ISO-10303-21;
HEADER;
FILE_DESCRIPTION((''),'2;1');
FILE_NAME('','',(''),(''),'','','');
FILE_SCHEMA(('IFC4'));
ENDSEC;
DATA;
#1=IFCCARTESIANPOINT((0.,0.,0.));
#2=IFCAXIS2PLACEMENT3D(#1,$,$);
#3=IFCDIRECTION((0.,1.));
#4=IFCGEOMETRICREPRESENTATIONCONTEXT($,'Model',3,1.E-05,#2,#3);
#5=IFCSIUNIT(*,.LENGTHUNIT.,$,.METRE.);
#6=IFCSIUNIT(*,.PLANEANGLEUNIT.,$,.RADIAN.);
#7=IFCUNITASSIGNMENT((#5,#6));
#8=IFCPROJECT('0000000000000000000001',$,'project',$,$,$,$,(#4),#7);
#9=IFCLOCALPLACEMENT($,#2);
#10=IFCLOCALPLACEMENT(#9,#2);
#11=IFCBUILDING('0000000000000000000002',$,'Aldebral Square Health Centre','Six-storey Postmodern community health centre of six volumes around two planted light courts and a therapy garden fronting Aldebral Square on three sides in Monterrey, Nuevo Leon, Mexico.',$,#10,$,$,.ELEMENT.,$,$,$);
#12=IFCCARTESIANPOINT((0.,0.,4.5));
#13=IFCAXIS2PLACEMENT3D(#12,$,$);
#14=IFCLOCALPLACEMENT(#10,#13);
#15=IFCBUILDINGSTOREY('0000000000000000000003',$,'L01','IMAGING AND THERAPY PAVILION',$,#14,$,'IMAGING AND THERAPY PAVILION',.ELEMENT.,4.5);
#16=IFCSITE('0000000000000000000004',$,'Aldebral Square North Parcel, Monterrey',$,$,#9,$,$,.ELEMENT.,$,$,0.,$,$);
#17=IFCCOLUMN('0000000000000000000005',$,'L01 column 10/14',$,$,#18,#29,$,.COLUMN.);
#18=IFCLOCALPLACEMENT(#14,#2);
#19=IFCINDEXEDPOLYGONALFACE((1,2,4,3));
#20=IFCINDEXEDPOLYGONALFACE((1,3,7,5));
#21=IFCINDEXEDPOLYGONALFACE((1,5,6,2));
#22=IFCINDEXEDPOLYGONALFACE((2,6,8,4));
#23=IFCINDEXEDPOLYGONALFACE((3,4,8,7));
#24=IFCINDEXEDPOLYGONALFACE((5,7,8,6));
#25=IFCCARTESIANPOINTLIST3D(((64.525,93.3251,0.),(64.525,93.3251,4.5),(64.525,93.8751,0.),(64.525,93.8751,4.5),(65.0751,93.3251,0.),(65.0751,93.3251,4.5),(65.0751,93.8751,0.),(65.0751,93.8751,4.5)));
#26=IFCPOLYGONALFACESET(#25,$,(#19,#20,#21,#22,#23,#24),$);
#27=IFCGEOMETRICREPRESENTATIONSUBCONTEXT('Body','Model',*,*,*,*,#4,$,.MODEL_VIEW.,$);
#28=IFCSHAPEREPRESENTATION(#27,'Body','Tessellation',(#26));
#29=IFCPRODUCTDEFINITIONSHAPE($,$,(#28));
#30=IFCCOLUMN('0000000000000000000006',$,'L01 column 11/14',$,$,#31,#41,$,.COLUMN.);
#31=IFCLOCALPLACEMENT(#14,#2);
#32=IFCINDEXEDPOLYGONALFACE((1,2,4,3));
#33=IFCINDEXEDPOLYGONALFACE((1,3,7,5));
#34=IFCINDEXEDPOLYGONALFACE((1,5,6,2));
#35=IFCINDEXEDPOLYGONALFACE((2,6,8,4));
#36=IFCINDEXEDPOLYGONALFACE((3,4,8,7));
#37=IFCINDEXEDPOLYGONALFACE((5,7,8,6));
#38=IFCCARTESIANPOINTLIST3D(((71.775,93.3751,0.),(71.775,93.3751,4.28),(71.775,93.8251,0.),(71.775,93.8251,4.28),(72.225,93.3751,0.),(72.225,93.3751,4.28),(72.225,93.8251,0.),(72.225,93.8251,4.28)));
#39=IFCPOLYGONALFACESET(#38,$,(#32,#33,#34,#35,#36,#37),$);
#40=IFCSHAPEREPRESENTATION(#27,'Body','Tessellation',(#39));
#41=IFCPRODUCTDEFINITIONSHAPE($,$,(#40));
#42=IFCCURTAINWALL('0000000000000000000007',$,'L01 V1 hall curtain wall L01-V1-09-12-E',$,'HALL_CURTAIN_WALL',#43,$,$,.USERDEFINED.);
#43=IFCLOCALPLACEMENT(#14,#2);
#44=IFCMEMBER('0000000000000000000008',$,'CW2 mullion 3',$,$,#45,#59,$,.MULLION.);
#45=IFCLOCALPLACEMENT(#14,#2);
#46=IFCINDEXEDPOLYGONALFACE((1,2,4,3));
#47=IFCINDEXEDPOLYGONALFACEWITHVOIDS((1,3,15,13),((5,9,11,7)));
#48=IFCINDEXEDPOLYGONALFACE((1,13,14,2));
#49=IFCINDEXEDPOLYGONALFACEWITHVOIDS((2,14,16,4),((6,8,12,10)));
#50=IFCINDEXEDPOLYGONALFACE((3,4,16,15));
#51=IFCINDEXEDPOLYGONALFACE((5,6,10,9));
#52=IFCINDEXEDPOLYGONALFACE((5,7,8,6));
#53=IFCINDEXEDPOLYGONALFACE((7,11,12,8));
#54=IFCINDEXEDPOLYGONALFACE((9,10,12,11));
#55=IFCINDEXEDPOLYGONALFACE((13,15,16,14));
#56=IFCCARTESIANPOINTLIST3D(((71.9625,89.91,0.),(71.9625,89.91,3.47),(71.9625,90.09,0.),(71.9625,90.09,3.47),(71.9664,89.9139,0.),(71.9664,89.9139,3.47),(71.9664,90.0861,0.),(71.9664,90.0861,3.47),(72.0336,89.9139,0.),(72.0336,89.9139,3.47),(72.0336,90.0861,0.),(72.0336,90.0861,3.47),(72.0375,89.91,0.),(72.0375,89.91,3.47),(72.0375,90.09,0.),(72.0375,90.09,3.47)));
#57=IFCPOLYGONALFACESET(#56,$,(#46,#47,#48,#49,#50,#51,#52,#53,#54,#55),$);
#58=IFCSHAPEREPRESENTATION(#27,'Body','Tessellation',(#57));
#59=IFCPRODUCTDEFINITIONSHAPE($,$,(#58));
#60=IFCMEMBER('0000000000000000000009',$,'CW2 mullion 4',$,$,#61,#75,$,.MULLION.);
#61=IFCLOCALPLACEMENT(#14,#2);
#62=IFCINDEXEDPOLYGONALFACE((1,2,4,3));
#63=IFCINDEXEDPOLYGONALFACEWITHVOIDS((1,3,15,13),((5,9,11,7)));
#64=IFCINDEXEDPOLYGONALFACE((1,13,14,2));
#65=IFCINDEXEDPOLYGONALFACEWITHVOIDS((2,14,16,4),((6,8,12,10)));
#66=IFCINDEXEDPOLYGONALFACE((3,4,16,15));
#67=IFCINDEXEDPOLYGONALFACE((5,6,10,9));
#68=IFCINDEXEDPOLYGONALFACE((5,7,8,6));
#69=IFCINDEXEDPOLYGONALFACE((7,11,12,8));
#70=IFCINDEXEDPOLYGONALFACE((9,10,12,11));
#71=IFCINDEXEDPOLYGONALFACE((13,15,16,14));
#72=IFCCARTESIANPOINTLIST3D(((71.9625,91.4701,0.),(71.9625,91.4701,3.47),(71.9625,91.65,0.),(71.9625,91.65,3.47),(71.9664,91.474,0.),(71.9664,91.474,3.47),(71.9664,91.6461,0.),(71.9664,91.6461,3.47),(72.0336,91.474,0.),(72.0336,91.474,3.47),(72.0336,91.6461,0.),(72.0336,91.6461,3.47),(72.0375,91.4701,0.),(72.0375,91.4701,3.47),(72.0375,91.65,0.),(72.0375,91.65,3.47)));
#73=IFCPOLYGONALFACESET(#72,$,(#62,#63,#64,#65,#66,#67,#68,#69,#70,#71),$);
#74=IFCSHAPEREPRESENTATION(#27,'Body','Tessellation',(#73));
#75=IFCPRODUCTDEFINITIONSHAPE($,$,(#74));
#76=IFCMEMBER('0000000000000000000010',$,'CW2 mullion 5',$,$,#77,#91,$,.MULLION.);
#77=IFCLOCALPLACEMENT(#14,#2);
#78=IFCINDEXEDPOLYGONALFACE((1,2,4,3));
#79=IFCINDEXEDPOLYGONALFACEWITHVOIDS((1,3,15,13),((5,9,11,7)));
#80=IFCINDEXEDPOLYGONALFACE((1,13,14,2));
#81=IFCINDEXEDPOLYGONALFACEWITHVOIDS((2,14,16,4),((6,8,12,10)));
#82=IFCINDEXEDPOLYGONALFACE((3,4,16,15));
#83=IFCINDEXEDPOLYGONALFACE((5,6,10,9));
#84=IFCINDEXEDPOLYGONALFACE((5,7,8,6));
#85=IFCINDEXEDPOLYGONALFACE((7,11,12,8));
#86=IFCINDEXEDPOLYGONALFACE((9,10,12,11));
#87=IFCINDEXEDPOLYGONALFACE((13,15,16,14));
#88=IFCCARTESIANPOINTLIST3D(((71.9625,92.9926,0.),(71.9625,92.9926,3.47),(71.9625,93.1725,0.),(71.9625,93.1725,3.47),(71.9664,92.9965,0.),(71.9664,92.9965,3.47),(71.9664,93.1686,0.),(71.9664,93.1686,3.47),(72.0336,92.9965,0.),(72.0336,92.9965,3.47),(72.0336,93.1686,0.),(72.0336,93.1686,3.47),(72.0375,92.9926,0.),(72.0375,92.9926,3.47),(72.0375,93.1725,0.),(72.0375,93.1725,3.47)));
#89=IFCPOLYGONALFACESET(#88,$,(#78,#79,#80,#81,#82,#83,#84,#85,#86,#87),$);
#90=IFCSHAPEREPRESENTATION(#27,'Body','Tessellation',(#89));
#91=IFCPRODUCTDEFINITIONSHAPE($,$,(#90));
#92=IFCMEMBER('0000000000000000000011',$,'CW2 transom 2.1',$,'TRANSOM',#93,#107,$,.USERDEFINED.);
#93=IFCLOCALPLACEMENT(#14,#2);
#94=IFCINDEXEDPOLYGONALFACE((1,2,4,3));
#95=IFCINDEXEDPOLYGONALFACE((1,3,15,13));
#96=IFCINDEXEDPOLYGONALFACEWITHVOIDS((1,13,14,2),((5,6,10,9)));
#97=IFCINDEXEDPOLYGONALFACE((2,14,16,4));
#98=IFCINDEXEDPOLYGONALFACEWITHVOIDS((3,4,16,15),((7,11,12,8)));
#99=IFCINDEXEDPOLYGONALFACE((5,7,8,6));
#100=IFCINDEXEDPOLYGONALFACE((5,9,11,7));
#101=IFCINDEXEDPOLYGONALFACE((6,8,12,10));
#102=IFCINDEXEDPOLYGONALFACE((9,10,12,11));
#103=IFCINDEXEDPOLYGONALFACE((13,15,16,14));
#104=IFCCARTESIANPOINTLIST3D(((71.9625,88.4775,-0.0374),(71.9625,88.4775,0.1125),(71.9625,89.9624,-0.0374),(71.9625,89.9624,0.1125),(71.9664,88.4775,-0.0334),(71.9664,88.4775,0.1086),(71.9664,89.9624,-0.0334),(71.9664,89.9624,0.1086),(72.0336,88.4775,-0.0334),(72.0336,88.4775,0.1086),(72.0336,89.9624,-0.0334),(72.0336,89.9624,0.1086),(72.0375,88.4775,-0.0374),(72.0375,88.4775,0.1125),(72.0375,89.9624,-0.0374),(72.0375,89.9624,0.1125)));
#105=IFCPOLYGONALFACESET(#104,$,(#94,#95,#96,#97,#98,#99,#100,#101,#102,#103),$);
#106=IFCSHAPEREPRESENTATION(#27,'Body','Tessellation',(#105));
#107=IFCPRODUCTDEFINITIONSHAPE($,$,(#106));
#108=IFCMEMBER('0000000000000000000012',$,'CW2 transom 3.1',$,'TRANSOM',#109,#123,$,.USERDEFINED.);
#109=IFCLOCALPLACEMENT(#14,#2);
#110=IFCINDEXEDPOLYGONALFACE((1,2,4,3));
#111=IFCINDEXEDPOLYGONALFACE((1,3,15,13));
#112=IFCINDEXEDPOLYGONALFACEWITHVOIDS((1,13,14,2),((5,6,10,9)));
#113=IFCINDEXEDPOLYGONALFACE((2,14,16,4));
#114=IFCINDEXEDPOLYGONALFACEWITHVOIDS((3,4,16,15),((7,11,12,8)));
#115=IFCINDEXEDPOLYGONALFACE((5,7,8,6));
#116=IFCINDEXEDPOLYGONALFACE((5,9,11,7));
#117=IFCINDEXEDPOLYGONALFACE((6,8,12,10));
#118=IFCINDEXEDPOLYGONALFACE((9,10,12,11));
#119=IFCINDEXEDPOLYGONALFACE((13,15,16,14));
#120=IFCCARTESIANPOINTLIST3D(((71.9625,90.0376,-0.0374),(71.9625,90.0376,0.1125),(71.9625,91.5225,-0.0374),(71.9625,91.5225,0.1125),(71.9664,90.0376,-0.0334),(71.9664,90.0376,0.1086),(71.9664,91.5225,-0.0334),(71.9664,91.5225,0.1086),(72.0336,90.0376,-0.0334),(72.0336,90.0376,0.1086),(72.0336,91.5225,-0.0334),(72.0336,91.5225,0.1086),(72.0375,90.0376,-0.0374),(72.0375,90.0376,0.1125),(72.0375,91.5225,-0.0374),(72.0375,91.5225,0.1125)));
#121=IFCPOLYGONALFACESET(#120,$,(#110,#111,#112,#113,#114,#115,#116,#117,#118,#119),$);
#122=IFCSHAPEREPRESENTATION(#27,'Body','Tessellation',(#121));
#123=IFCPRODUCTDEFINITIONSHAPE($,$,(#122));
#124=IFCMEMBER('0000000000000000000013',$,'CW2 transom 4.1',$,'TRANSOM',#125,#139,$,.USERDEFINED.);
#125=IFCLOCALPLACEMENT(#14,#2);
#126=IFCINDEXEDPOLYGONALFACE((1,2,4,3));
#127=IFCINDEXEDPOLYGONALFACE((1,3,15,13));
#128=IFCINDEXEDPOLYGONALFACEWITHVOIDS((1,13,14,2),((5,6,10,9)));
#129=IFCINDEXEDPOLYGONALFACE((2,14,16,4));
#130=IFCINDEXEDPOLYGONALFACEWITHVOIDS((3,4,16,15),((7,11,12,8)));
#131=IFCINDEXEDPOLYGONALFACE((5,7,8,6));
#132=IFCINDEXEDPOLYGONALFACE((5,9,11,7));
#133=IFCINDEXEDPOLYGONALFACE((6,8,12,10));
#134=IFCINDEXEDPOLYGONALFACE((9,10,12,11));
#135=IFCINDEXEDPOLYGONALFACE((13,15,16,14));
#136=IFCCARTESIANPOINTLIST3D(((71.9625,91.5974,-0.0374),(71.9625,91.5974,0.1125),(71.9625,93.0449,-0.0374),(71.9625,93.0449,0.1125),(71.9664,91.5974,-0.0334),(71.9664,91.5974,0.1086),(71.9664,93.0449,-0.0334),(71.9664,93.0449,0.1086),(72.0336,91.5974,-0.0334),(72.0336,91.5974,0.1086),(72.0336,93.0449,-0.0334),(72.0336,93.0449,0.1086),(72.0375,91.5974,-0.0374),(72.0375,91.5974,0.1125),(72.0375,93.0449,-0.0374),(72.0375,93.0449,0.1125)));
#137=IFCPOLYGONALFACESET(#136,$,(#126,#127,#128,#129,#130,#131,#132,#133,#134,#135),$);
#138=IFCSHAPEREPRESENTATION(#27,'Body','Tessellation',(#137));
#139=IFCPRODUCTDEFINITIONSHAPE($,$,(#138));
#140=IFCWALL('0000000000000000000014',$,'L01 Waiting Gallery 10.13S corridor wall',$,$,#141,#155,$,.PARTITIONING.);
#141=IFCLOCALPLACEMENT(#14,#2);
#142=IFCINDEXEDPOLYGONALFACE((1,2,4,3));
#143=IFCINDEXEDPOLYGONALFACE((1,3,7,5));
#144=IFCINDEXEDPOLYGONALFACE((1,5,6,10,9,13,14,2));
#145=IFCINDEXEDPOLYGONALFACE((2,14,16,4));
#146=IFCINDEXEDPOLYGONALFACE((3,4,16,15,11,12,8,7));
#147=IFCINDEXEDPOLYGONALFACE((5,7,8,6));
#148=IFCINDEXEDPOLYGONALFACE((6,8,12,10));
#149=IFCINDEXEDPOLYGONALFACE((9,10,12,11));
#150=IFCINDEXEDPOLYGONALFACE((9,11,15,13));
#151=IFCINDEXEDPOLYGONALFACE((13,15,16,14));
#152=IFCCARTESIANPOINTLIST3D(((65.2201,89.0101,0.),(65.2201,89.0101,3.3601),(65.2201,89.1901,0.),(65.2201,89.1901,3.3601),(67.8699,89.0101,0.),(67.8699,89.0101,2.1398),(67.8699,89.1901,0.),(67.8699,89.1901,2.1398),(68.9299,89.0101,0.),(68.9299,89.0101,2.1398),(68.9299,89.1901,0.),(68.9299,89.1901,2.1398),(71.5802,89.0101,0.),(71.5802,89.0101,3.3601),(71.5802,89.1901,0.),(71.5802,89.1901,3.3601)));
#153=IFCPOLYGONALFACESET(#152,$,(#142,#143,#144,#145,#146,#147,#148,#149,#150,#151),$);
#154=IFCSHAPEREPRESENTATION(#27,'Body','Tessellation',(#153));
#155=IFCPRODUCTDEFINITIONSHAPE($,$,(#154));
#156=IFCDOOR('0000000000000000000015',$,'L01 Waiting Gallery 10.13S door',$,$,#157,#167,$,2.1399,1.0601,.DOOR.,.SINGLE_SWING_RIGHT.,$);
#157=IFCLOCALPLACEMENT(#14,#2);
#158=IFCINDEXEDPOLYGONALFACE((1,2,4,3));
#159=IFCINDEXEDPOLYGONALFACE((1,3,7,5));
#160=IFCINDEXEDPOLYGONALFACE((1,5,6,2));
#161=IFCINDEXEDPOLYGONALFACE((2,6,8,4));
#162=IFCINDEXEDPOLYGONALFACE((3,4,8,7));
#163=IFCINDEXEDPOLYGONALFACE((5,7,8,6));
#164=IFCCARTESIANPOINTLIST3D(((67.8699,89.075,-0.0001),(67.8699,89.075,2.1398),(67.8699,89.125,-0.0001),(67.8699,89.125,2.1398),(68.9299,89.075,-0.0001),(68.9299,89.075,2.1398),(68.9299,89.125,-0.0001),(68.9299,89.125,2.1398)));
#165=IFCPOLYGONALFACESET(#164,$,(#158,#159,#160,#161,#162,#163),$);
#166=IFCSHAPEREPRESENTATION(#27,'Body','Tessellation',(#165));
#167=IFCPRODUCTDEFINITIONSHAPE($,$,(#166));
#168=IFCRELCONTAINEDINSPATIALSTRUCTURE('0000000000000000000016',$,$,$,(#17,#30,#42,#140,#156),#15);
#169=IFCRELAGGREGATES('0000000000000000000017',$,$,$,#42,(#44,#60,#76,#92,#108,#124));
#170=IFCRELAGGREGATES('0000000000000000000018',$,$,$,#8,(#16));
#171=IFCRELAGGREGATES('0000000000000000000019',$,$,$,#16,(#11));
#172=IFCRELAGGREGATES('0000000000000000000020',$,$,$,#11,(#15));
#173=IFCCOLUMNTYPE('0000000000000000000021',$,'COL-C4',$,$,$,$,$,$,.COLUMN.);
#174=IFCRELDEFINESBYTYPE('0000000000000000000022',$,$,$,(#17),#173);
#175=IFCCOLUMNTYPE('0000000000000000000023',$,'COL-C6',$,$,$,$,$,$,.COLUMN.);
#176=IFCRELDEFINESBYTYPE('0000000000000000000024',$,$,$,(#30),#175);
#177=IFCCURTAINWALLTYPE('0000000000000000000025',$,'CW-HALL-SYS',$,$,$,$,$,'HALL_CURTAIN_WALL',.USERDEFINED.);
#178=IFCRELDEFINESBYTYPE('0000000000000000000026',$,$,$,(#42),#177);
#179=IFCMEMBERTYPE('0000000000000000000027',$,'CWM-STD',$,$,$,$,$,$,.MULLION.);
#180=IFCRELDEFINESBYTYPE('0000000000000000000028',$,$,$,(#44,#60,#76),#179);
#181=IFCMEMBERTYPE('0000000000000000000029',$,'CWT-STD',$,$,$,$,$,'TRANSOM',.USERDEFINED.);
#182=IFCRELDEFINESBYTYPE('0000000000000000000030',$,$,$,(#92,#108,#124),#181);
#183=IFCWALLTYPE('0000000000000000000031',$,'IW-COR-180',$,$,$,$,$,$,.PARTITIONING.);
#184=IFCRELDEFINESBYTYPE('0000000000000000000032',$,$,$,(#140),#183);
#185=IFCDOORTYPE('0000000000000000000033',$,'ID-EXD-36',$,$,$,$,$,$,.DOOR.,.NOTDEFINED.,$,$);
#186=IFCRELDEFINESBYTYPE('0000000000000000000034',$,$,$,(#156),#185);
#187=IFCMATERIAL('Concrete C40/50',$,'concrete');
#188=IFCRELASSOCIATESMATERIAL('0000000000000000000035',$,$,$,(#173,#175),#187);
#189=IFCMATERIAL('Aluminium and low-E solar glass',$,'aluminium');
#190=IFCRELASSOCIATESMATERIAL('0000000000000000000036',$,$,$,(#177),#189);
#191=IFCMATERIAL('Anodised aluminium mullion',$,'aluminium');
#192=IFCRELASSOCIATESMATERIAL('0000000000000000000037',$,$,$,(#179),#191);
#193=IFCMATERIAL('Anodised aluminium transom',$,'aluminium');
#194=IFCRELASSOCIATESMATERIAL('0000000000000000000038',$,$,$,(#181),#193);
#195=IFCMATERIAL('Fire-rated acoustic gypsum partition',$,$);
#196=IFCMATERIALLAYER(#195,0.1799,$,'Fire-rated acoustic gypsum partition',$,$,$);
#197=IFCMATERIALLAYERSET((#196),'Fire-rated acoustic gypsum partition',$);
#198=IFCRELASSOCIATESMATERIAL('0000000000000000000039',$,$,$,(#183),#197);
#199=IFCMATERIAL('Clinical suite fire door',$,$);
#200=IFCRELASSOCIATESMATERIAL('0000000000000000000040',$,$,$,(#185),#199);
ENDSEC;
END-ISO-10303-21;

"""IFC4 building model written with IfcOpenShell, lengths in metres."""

from ifc_helpers import new_model, si_unit, direction, frame, frame_2d, origin, origin_2d, place, context, subcontext, project, spatial, rectangle, hollow_rectangle, extrude, material, layer, layer_set, material_profile, profile_set, type_object, element, fill, aggregate, save


model = new_model("IFC4")

# Units and contexts
model_context = context("Model", 3, precision=1e-05, world=origin(), true_north=direction((0.0, 1.0)))
body_context = subcontext(model_context, "Body", "Model", "MODEL_VIEW")
ifc_project = project(units=[si_unit("LENGTHUNIT", "METRE"), si_unit("PLANEANGLEUNIT", "RADIAN")], contexts=[model_context])

# Site, building, storey
site_placement = place(None, origin())
site = spatial("IfcSite", under=ifc_project, at=site_placement, Name="Aldebral Square North Parcel, Monterrey", CompositionType="ELEMENT", RefElevation=0.0)
building_placement = place(site_placement, origin())
building = spatial("IfcBuilding", under=site, at=building_placement, Name="Aldebral Square Health Centre", Description="Six-storey Postmodern community health centre of six volumes around two planted light courts and a therapy garden fronting Aldebral Square on three sides in Monterrey, Nuevo Leon, Mexico.", CompositionType="ELEMENT")
storey_placement = place(building_placement, frame((0.0, 0.0, 4.5)))
storey = spatial("IfcBuildingStorey", under=building, at=storey_placement, Name="L01", Description="IMAGING AND THERAPY PAVILION", LongName="IMAGING AND THERAPY PAVILION", CompositionType="ELEMENT", Elevation=4.5)

# Columns
ifc_material_1 = material(Name="Concrete C40/50", Category="concrete")
ifc_material_profile_1 = material_profile(ifc_material_1, rectangle(XDim=0.55, YDim=0.55, at=origin_2d()), Name="RC 550x550")
ifc_profile_set_1 = profile_set([ifc_material_profile_1], Name="Concrete C40/50")
column_type_1 = type_object("IfcColumnType", Name="COL-C4", PredefinedType="COLUMN", material=ifc_profile_set_1)
column_1_placement = place(storey_placement, frame((64.8, 93.6001, 0.0), z_axis=(0.0, 0.0, 1.0), x_axis=(1.0, 0.0, 0.0)))
element("IfcColumn", 1, at=column_1_placement, inside=storey, type_object=column_type_1, Name="L01 column 10/14", PredefinedType="COLUMN", context=body_context, shape_type="SweptSolid", body=[
    extrude(rectangle(XDim=0.55, YDim=0.55, at=origin_2d()), origin(), (0.0, 0.0, 1.0), 4.5),
])
ifc_material_profile_2 = material_profile(ifc_material_1, rectangle(XDim=0.45, YDim=0.45, at=origin_2d()), Name="RC 450x450")
ifc_profile_set_2 = profile_set([ifc_material_profile_2], Name="Concrete C40/50")
column_type_2 = type_object("IfcColumnType", Name="COL-C6", PredefinedType="COLUMN", material=ifc_profile_set_2)
column_2_placement = place(storey_placement, frame((72.0, 93.6001, 0.0), z_axis=(0.0, 0.0, 1.0), x_axis=(1.0, 0.0, 0.0)))
element("IfcColumn", 2, at=column_2_placement, inside=storey, type_object=column_type_2, Name="L01 column 11/14", PredefinedType="COLUMN", context=body_context, shape_type="SweptSolid", body=[
    extrude(rectangle(XDim=0.45, YDim=0.45, at=origin_2d()), origin(), (0.0, 0.0, 1.0), 4.28),
])

# Curtain wall, members
ifc_material_2 = material(Name="Aluminium and low-E solar glass", Category="aluminium")
curtain_wall_type = type_object("IfcCurtainWallType", Name="CW-HALL-SYS", ElementType="HALL_CURTAIN_WALL", PredefinedType="USERDEFINED", material=ifc_material_2)
curtain_wall_placement = place(storey_placement, origin())
curtain_wall = element("IfcCurtainWall", 3, at=curtain_wall_placement, inside=storey, type_object=curtain_wall_type, Name="L01 V1 hall curtain wall L01-V1-09-12-E", ObjectType="HALL_CURTAIN_WALL", PredefinedType="USERDEFINED")
ifc_material_3 = material(Name="Anodised aluminium mullion", Category="aluminium")
ifc_material_profile_3 = material_profile(ifc_material_3, hollow_rectangle(XDim=0.075, YDim=0.1799, WallThickness=0.0039, at=origin_2d()), Name="CWM 75x180x4")
ifc_profile_set_3 = profile_set([ifc_material_profile_3], Name="Anodised aluminium mullion")
member_type_1 = type_object("IfcMemberType", Name="CWM-STD", PredefinedType="MULLION", material=ifc_profile_set_3)
member_1_placement = place(storey_placement, frame((72.0, 90.0, 0.0), z_axis=(0.0, 0.0, 1.0), x_axis=(-1.0, 0.0, 0.0)))
member_1 = element("IfcMember", 4, at=member_1_placement, type_object=member_type_1, Name="CW2 mullion 3", PredefinedType="MULLION", context=body_context, shape_type="SweptSolid", body=[
    extrude(hollow_rectangle(XDim=0.075, YDim=0.1799, WallThickness=0.0039, at=origin_2d()), origin(), (0.0, 0.0, 1.0), 3.47),
])
member_2_placement = place(storey_placement, frame((72.0, 91.5601, 0.0), z_axis=(0.0, 0.0, 1.0), x_axis=(-1.0, 0.0, 0.0)))
member_2 = element("IfcMember", 5, at=member_2_placement, type_object=member_type_1, Name="CW2 mullion 4", PredefinedType="MULLION", context=body_context, shape_type="SweptSolid", body=[
    extrude(hollow_rectangle(XDim=0.075, YDim=0.1799, WallThickness=0.0039, at=origin_2d()), origin(), (0.0, 0.0, 1.0), 3.47),
])
member_3_placement = place(storey_placement, frame((72.0, 93.0825, 0.0), z_axis=(0.0, 0.0, 1.0), x_axis=(-1.0, 0.0, 0.0)))
member_3 = element("IfcMember", 6, at=member_3_placement, type_object=member_type_1, Name="CW2 mullion 5", PredefinedType="MULLION", context=body_context, shape_type="SweptSolid", body=[
    extrude(hollow_rectangle(XDim=0.075, YDim=0.1799, WallThickness=0.0039, at=origin_2d()), origin(), (0.0, 0.0, 1.0), 3.47),
])
ifc_material_4 = material(Name="Anodised aluminium transom", Category="aluminium")
ifc_material_profile_4 = material_profile(ifc_material_4, hollow_rectangle(XDim=0.075, YDim=0.1499, WallThickness=0.0039, at=origin_2d()), Name="CWT 75x150x4")
ifc_profile_set_4 = profile_set([ifc_material_profile_4], Name="Anodised aluminium transom")
member_type_2 = type_object("IfcMemberType", Name="CWT-STD", ElementType="TRANSOM", PredefinedType="USERDEFINED", material=ifc_profile_set_4)
member_4_placement = place(storey_placement, frame((72.0, 88.4775, 0.0376), z_axis=(0.0, 1.0, 0.0), x_axis=(-1.0, 0.0, 0.0)))
member_4 = element("IfcMember", 7, at=member_4_placement, type_object=member_type_2, Name="CW2 transom 2.1", ObjectType="TRANSOM", PredefinedType="USERDEFINED", context=body_context, shape_type="SweptSolid", body=[
    extrude(hollow_rectangle(XDim=0.075, YDim=0.1499, WallThickness=0.0039, at=origin_2d()), origin(), (0.0, 0.0, 1.0), 1.4849),
])
member_5_placement = place(storey_placement, frame((72.0, 90.0376, 0.0376), z_axis=(0.0, 1.0, 0.0), x_axis=(-1.0, 0.0, 0.0)))
member_5 = element("IfcMember", 8, at=member_5_placement, type_object=member_type_2, Name="CW2 transom 3.1", ObjectType="TRANSOM", PredefinedType="USERDEFINED", context=body_context, shape_type="SweptSolid", body=[
    extrude(hollow_rectangle(XDim=0.075, YDim=0.1499, WallThickness=0.0039, at=origin_2d()), origin(), (0.0, 0.0, 1.0), 1.4849),
])
member_6_placement = place(storey_placement, frame((72.0, 91.5974, 0.0376), z_axis=(0.0, 1.0, 0.0), x_axis=(-1.0, 0.0, 0.0)))
member_6 = element("IfcMember", 9, at=member_6_placement, type_object=member_type_2, Name="CW2 transom 4.1", ObjectType="TRANSOM", PredefinedType="USERDEFINED", context=body_context, shape_type="SweptSolid", body=[
    extrude(hollow_rectangle(XDim=0.075, YDim=0.1499, WallThickness=0.0039, at=origin_2d()), origin(), (0.0, 0.0, 1.0), 1.4475),
])
aggregate(curtain_wall, [member_1, member_2, member_3, member_4, member_5, member_6])

# Wall, opening, door
ifc_material_5 = material(Name="Fire-rated acoustic gypsum partition")
ifc_layer_1 = layer(ifc_material_5, 0.1799, Name="Fire-rated acoustic gypsum partition")
ifc_layer_set_1 = layer_set([ifc_layer_1], Name="Fire-rated acoustic gypsum partition")
wall_type_1 = type_object("IfcWallType", Name="IW-COR-180", PredefinedType="PARTITIONING", material=ifc_layer_set_1)
wall_1_placement = place(storey_placement, frame((65.22, 89.1001, 0.0), z_axis=(0.0, 0.0, 1.0), x_axis=(1.0, 0.0, 0.0)))
wall_1 = element("IfcWall", 10, at=wall_1_placement, inside=storey, type_object=wall_type_1, Name="L01 Waiting Gallery 10.13S corridor wall", PredefinedType="PARTITIONING", context=body_context, shape_type="SweptSolid", body=[
    extrude(rectangle(XDim=6.3601, YDim=0.1799, at=frame_2d((3.1802, 0.0))), origin(), (0.0, 0.0, 1.0), 3.3601),
])
opening_1_placement = place(wall_1_placement, frame((2.6499, 0.0, 0.0)))
opening_1 = element("IfcOpeningElement", 11, at=opening_1_placement, cuts=wall_1, PredefinedType="OPENING", context=body_context, shape_type="SweptSolid", body=[
    extrude(rectangle(XDim=1.0601, YDim=2.1399, at=frame_2d((0.53, 1.0698))), frame((0.0, 0.1001, 0.0), z_axis=(0.0, -1.0, 0.0), x_axis=(1.0, 0.0, 0.0)), (0.0, 0.0, 1.0), 0.2),
])
ifc_material_6 = material(Name="Clinical suite fire door")
door_type_1 = type_object("IfcDoorType", Name="ID-EXD-36", OperationType="NOTDEFINED", PredefinedType="DOOR", material=ifc_material_6)
door_1_placement = place(opening_1_placement, origin())
door_1 = element("IfcDoor", 12, at=door_1_placement, inside=storey, type_object=door_type_1, Name="L01 Waiting Gallery 10.13S door", OperationType="SINGLE_SWING_RIGHT", OverallHeight=2.1399, OverallWidth=1.0601, PredefinedType="DOOR", context=body_context, shape_type="SweptSolid", body=[
    extrude(rectangle(XDim=1.0601, YDim=2.1399, at=frame_2d((0.53, 1.0698))), frame((0.0, 0.0249, 0.0), z_axis=(0.0, -1.0, 0.0), x_axis=(1.0, 0.0, 0.0)), (0.0, 0.0, 1.0), 0.05),
])
fill(opening_1, door_1)

save(model, "model.ifc")
